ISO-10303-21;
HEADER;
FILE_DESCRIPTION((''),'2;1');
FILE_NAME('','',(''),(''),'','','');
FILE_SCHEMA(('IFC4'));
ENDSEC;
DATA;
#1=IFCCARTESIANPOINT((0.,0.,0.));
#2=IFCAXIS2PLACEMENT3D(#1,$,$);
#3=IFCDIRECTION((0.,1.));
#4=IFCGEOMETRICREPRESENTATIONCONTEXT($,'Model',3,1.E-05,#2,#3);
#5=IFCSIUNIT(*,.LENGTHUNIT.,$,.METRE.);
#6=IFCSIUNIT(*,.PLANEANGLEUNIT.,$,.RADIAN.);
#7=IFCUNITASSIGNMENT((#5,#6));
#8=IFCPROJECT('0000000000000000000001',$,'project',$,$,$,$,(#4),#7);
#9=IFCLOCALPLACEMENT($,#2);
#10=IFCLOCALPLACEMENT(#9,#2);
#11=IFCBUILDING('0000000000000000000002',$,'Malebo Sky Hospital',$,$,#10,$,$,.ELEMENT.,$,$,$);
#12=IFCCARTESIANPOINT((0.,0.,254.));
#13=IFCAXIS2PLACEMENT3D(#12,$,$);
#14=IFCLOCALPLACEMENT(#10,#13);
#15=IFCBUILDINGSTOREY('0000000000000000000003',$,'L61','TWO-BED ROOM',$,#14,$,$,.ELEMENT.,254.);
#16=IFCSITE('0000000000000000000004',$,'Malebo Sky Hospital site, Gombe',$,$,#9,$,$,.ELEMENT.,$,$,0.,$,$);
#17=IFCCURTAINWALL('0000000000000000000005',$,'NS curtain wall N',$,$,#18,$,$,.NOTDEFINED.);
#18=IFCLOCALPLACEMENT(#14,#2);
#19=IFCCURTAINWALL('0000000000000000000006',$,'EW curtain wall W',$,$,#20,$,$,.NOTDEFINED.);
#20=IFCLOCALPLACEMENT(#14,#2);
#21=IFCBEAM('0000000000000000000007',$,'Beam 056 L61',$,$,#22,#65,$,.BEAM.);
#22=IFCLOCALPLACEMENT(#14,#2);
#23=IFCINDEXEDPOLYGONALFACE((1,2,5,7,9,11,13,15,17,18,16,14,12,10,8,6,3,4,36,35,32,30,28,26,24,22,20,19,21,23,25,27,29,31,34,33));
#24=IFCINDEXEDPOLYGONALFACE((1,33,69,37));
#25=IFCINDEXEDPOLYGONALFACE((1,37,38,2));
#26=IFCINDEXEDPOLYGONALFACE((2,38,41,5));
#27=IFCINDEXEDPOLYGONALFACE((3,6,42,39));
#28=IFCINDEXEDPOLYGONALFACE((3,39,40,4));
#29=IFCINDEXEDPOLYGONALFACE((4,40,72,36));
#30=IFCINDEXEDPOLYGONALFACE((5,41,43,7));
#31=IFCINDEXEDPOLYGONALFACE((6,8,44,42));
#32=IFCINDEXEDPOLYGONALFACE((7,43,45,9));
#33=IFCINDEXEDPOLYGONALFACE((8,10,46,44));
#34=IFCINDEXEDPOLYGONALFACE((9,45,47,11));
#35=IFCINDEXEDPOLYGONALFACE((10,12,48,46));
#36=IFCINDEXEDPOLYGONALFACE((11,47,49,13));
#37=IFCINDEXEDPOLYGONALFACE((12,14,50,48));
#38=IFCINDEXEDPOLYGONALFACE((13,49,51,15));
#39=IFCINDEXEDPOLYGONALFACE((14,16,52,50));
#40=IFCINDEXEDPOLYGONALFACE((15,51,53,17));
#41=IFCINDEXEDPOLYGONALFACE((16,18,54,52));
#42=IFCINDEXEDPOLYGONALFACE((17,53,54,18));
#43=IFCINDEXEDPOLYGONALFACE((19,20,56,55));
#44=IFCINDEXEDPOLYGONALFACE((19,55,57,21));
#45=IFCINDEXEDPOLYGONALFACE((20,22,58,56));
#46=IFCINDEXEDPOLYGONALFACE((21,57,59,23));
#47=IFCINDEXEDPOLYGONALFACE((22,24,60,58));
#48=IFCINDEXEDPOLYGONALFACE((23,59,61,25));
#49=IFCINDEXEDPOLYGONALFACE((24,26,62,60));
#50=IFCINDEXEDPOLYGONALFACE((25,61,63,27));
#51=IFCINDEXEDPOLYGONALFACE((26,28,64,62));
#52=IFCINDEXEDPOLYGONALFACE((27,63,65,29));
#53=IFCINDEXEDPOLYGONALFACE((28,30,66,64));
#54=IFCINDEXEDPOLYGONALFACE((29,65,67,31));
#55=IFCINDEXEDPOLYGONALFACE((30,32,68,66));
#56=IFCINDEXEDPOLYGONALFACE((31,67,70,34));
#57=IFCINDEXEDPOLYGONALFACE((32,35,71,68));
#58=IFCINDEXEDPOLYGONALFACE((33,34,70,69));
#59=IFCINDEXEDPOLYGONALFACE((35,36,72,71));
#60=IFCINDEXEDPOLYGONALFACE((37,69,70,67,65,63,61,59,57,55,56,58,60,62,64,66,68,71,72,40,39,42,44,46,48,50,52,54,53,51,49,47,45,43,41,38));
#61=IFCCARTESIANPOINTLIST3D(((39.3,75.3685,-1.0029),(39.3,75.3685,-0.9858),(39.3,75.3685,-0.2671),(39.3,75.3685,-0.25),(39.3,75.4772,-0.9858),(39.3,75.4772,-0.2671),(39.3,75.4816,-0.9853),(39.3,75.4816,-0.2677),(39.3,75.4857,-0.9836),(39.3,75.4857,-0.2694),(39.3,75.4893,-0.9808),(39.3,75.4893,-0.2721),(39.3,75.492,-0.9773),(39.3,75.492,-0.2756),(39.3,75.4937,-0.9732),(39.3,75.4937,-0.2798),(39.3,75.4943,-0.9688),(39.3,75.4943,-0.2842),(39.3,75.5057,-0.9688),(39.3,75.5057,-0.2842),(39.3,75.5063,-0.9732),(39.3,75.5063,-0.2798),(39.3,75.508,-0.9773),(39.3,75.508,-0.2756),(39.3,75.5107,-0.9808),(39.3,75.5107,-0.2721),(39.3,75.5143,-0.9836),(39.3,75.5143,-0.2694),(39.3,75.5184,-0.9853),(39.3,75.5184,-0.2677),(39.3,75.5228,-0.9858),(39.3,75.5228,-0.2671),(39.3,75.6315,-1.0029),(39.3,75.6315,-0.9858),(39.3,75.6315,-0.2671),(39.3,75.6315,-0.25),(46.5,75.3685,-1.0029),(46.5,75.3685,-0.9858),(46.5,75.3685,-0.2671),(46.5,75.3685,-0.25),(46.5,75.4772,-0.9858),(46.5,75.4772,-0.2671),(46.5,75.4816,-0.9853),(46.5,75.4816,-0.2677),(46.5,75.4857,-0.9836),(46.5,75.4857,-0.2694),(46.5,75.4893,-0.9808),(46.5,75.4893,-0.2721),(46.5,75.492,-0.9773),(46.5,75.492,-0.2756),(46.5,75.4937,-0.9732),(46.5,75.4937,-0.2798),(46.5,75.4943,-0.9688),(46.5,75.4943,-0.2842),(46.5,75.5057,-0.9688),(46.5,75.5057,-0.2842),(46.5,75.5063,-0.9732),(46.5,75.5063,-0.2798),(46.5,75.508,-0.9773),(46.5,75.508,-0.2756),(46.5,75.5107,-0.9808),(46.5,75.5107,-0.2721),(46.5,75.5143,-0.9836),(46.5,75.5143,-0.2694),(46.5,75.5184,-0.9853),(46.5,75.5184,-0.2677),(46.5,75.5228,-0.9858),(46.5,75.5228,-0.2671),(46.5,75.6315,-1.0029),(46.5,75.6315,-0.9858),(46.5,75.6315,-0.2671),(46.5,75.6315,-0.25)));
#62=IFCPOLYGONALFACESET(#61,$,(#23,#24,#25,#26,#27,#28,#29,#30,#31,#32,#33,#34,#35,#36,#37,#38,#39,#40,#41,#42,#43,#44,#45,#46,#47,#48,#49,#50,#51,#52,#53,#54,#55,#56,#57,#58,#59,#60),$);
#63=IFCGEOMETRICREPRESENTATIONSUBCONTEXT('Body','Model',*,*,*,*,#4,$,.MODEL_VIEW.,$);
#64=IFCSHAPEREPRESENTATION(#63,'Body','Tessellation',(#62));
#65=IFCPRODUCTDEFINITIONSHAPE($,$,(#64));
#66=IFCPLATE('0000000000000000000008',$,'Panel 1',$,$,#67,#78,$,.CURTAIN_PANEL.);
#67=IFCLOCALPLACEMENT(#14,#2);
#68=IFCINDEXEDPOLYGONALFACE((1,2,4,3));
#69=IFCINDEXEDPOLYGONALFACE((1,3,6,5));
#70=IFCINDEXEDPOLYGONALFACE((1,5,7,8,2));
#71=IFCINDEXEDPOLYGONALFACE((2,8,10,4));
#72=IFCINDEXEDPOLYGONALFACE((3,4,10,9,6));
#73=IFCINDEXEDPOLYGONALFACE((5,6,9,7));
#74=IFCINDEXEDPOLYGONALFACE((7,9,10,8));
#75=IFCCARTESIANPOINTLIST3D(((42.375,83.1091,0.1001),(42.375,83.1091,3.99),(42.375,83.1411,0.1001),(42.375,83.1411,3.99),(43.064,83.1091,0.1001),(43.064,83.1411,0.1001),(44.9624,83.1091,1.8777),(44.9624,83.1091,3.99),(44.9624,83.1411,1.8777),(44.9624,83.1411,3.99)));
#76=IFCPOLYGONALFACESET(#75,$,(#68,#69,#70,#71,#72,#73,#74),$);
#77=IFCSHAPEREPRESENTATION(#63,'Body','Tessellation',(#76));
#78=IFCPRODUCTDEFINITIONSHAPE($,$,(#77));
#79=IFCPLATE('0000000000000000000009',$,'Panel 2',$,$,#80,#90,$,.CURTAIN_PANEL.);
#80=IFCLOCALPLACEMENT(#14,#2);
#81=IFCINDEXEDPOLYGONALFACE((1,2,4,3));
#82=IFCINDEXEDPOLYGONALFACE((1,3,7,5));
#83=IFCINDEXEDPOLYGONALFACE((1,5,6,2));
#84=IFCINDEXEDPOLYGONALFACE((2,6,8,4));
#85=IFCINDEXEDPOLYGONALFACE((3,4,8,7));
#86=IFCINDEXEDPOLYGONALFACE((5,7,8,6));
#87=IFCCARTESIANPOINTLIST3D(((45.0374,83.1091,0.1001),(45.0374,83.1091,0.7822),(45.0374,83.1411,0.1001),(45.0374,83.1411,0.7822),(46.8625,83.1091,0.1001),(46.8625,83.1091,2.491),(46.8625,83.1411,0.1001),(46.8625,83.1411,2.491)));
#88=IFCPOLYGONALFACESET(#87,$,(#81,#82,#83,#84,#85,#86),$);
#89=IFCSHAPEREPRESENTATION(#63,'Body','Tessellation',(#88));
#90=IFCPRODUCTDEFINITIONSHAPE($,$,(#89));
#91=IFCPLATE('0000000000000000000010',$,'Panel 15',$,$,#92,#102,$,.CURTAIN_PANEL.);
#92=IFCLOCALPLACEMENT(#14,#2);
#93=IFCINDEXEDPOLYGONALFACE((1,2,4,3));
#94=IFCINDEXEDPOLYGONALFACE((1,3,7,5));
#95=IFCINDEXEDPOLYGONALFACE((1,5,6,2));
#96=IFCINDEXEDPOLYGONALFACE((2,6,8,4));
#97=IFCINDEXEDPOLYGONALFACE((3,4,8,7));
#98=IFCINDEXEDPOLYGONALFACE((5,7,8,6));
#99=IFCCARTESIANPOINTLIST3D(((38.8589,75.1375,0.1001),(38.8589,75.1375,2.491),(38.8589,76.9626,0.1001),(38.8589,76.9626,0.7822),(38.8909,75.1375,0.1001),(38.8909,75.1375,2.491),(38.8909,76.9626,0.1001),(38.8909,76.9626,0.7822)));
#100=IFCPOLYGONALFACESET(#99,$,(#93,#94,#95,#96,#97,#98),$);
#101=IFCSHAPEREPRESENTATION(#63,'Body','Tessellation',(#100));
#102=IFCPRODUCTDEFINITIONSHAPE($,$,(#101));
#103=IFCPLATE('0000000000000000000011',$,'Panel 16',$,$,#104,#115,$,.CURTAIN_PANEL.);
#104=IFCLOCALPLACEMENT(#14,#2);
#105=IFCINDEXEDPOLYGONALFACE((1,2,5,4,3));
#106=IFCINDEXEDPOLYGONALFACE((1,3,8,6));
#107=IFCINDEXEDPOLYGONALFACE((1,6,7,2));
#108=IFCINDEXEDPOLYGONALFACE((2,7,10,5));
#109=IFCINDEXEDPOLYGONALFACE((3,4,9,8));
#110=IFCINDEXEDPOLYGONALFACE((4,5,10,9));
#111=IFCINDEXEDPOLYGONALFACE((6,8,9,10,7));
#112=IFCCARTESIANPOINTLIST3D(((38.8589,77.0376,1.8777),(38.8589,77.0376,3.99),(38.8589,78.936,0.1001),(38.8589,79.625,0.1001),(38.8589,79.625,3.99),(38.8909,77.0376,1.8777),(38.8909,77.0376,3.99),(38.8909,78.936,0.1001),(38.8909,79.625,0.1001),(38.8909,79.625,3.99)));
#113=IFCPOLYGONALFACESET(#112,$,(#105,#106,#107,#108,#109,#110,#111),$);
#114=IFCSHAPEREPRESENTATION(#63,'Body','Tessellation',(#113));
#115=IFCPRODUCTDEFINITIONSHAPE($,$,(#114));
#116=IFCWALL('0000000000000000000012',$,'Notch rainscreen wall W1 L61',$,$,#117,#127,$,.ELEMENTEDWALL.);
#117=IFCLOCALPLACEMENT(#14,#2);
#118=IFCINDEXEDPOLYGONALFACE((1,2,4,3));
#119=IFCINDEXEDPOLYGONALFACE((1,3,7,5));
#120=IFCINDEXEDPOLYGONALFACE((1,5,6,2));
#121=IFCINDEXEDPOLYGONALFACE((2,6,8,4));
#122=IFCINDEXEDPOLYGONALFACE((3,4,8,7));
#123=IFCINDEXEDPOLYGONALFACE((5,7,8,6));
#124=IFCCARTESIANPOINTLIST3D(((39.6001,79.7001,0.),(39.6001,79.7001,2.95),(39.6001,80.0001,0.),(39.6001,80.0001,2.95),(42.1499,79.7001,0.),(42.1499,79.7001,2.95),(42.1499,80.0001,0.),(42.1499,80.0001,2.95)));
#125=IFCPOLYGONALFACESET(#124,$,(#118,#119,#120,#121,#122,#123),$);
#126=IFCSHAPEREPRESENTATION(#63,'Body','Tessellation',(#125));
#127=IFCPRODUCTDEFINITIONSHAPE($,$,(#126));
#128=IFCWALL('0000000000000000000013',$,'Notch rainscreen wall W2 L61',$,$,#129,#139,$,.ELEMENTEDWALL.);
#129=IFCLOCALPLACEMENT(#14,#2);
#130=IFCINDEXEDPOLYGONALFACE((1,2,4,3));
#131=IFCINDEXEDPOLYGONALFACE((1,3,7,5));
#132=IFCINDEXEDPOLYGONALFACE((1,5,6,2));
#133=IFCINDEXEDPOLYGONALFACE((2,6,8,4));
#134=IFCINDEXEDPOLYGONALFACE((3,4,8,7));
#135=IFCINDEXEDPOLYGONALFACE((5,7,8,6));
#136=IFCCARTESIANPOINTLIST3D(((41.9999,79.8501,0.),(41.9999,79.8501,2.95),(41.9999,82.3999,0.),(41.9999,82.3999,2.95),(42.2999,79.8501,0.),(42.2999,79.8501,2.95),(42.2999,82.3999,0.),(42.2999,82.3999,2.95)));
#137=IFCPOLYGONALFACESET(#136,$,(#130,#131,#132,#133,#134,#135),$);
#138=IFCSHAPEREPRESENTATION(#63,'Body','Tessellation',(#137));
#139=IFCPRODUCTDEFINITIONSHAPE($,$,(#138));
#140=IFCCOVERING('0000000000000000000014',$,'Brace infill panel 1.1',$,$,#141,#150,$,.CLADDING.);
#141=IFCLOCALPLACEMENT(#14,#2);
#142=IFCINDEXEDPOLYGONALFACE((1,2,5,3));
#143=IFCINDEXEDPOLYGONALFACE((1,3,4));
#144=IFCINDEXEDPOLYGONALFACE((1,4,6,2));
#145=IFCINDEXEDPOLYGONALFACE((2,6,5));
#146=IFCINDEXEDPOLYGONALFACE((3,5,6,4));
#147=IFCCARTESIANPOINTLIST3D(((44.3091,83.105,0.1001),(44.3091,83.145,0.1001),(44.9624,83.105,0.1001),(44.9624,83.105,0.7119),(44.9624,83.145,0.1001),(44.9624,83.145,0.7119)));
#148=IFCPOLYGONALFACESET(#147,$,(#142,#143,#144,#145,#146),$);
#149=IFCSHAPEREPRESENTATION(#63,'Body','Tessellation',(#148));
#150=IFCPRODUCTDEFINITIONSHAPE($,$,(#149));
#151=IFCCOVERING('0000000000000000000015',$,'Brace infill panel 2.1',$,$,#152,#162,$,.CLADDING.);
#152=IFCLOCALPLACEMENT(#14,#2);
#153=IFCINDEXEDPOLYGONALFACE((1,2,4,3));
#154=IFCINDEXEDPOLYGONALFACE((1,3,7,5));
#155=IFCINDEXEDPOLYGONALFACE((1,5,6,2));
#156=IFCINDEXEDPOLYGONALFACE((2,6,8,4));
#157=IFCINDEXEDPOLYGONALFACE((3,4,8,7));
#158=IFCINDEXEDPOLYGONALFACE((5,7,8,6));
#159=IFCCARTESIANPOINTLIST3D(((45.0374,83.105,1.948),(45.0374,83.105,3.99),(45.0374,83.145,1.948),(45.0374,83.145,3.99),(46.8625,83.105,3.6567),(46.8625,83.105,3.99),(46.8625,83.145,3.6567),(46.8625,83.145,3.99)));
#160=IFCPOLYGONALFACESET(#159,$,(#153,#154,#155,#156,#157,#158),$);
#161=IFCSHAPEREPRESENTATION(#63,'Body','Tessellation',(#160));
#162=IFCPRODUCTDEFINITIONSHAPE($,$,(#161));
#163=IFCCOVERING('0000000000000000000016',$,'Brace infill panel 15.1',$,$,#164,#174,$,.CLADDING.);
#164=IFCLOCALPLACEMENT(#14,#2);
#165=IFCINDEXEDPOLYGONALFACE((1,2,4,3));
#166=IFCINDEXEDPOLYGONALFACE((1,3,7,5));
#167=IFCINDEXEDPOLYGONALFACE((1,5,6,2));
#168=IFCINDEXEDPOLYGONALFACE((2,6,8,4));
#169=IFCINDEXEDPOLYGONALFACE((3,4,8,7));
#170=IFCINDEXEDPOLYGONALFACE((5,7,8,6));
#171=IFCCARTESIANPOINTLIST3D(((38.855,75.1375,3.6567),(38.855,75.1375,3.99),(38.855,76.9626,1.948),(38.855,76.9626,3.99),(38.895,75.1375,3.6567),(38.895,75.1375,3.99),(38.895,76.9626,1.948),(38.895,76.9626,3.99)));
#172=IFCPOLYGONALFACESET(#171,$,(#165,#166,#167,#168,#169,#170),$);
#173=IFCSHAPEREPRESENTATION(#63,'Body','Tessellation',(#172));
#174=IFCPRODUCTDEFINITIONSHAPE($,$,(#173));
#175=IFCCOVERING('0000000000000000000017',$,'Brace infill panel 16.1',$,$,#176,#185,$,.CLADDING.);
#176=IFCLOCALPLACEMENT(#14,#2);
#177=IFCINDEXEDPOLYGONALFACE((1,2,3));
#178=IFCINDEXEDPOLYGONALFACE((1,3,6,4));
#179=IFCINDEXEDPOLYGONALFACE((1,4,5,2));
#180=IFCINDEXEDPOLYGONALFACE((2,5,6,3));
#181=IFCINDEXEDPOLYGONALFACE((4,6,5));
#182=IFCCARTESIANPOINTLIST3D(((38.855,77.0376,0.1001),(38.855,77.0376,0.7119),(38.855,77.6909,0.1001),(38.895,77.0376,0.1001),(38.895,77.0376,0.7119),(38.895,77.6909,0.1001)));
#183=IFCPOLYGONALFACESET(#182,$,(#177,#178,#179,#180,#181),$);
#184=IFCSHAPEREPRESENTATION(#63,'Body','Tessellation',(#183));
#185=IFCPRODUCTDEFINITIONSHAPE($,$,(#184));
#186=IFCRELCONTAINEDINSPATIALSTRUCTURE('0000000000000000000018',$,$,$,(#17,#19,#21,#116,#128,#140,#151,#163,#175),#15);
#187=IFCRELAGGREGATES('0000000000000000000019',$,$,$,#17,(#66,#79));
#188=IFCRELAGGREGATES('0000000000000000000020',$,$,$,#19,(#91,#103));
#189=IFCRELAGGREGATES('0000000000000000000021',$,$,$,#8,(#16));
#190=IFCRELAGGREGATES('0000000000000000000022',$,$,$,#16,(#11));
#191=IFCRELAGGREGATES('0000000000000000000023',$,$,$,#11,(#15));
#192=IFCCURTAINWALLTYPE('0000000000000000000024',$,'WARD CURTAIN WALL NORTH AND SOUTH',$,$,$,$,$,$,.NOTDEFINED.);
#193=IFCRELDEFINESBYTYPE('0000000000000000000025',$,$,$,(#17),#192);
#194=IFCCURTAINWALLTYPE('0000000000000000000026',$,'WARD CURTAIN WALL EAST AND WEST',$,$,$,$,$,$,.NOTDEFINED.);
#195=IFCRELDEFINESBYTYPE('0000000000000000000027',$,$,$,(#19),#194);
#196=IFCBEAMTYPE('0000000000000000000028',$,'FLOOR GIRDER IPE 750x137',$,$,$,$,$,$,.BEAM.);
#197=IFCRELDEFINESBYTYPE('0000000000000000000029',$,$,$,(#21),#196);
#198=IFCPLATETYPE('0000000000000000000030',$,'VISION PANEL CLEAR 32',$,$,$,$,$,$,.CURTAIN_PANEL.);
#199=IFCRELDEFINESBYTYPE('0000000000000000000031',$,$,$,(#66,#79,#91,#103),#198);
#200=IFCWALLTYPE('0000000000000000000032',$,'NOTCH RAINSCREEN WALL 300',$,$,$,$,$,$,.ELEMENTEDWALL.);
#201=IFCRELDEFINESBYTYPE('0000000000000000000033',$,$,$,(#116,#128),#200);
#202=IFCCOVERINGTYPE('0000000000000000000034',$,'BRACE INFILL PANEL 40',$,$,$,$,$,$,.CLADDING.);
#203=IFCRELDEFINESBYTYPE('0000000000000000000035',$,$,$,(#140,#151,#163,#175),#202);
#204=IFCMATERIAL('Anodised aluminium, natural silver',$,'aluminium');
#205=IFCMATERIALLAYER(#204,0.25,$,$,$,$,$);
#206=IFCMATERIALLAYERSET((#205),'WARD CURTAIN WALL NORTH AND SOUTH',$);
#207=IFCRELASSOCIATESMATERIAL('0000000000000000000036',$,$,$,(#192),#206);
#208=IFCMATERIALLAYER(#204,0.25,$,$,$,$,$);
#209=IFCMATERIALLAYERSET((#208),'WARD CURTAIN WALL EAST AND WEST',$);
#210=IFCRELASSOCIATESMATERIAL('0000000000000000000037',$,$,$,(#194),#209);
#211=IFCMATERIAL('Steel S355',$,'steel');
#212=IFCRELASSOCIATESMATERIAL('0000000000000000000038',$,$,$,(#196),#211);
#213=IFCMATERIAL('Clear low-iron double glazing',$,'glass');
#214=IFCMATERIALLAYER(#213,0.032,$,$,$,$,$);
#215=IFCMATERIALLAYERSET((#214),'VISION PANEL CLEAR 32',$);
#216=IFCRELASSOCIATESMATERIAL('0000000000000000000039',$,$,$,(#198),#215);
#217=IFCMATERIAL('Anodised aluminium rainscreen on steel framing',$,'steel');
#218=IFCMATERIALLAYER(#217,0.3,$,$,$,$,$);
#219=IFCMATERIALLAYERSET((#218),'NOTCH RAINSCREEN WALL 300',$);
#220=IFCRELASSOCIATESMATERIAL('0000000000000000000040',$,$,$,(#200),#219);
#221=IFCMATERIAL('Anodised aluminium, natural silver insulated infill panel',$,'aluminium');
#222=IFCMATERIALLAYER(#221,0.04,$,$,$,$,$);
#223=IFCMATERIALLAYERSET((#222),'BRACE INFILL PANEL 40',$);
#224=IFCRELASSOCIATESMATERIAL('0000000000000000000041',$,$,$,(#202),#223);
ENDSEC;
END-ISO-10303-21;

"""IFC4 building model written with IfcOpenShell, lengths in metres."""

from ifc_helpers import new_model, si_unit, direction, frame, frame_2d, origin, origin_2d, place, context, subcontext, project, spatial, polyline, rectangle, i_section, outline, extrude, material, layer, layer_set, material_profile, profile_set, type_object, element, aggregate, save


model = new_model("IFC4")

# Units and contexts
model_context = context("Model", 3, precision=1e-05, world=origin(), true_north=direction((0.0, 1.0)))
body_context = subcontext(model_context, "Body", "Model", "MODEL_VIEW")
ifc_project = project(units=[si_unit("LENGTHUNIT", "METRE"), si_unit("PLANEANGLEUNIT", "RADIAN")], contexts=[model_context])

# Site, building, storey
site_placement = place(None, origin())
site = spatial("IfcSite", under=ifc_project, at=site_placement, Name="Malebo Sky Hospital site, Gombe", CompositionType="ELEMENT", RefElevation=0.0)
building_placement = place(site_placement, origin())
building = spatial("IfcBuilding", under=site, at=building_placement, Name="Malebo Sky Hospital", CompositionType="ELEMENT")
storey_placement = place(building_placement, frame((0.0, 0.0, 254.0)))
storey = spatial("IfcBuildingStorey", under=building, at=storey_placement, Name="L61", Description="TWO-BED ROOM", CompositionType="ELEMENT", Elevation=254.0)

# Curtain wall
ifc_material_1 = material(Name="Anodised aluminium, natural silver", Category="aluminium")
ifc_layer_1 = layer(ifc_material_1, 0.25)
ifc_layer_set_1 = layer_set([ifc_layer_1], Name="WARD CURTAIN WALL NORTH AND SOUTH")
curtain_wall_type_1 = type_object("IfcCurtainWallType", Name="WARD CURTAIN WALL NORTH AND SOUTH", PredefinedType="NOTDEFINED", material=ifc_layer_set_1)
curtain_wall_1_placement = place(storey_placement, origin())
curtain_wall_1 = element("IfcCurtainWall", 1, at=curtain_wall_1_placement, inside=storey, type_object=curtain_wall_type_1, Name="NS curtain wall N", PredefinedType="NOTDEFINED")

# Curtain wall
ifc_layer_2 = layer(ifc_material_1, 0.25)
ifc_layer_set_2 = layer_set([ifc_layer_2], Name="WARD CURTAIN WALL EAST AND WEST")
curtain_wall_type_2 = type_object("IfcCurtainWallType", Name="WARD CURTAIN WALL EAST AND WEST", PredefinedType="NOTDEFINED", material=ifc_layer_set_2)
curtain_wall_2_placement = place(storey_placement, origin())
curtain_wall_2 = element("IfcCurtainWall", 2, at=curtain_wall_2_placement, inside=storey, type_object=curtain_wall_type_2, Name="EW curtain wall W", PredefinedType="NOTDEFINED")

# Shared definitions
ifc_material_2 = material(Name="Steel S355", Category="steel")

# Beam
ifc_material_profile_1 = material_profile(ifc_material_2, i_section(OverallWidth=0.2629, OverallDepth=0.7529, WebThickness=0.0115, FlangeThickness=0.0171, FilletRadius=0.0171, at=origin_2d()), Name="IPE 750x137")
ifc_profile_set_1 = profile_set([ifc_material_profile_1], Name="Steel S355")
beam_type_1 = type_object("IfcBeamType", Name="FLOOR GIRDER IPE 750x137", PredefinedType="BEAM", material=ifc_profile_set_1)
beam_placement = place(storey_placement, frame((39.3, 75.5, -0.6265), z_axis=(1.0, 0.0, 0.0), x_axis=(0.0, 1.0, 0.0)))
element("IfcBeam", 3, at=beam_placement, inside=storey, type_object=beam_type_1, Name="Beam 056 L61", PredefinedType="BEAM", context=body_context, shape_type="SweptSolid", body=[
    extrude(i_section(OverallWidth=0.2629, OverallDepth=0.7529, WebThickness=0.0115, FlangeThickness=0.0171, FilletRadius=0.0171, at=origin_2d()), origin(), (0.0, 0.0, 1.0), 7.2),
])

# Plates
ifc_material_3 = material(Name="Clear low-iron double glazing", Category="glass")
ifc_layer_3 = layer(ifc_material_3, 0.032)
ifc_layer_set_3 = layer_set([ifc_layer_3], Name="VISION PANEL CLEAR 32")
plate_type = type_object("IfcPlateType", Name="VISION PANEL CLEAR 32", PredefinedType="CURTAIN_PANEL", material=ifc_layer_set_3)
plate_1_placement = place(storey_placement, frame((43.6687, 83.125, 0.1001), z_axis=(0.0, 0.0, 1.0), x_axis=(1.0, 0.0, 0.0)))
plate_1 = element("IfcPlate", 4, at=plate_1_placement, type_object=plate_type, Name="Panel 1", PredefinedType="CURTAIN_PANEL", context=body_context, shape_type="SweptSolid", body=[
    extrude(outline(polyline([(-1.2937, 0.0), (-0.6047, 0.0), (1.2937, 1.7776), (1.2937, 3.8899), (-1.2937, 3.8899), (-1.2937, 0.0)])), frame((0.0, 0.0161, 0.0), z_axis=(0.0, -1.0, 0.0), x_axis=(1.0, 0.0, 0.0)), (0.0, 0.0, 1.0), 0.032),
])
plate_2_placement = place(storey_placement, frame((45.95, 83.125, 0.1001), z_axis=(0.0, 0.0, 1.0), x_axis=(1.0, 0.0, 0.0)))
plate_2 = element("IfcPlate", 5, at=plate_2_placement, type_object=plate_type, Name="Panel 2", PredefinedType="CURTAIN_PANEL", context=body_context, shape_type="SweptSolid", body=[
    extrude(outline(polyline([(-0.9126, 0.0), (0.9126, 0.0), (0.9126, 2.3909), (-0.9126, 0.6821), (-0.9126, 0.0)])), frame((0.0, 0.0161, 0.0), z_axis=(0.0, -1.0, 0.0), x_axis=(1.0, 0.0, 0.0)), (0.0, 0.0, 1.0), 0.032),
])
aggregate(curtain_wall_1, [plate_1, plate_2])
plate_3_placement = place(storey_placement, frame((38.875, 76.05, 0.1001), z_axis=(0.0, 0.0, 1.0), x_axis=(0.0, 1.0, 0.0)))
plate_3 = element("IfcPlate", 6, at=plate_3_placement, type_object=plate_type, Name="Panel 15", PredefinedType="CURTAIN_PANEL", context=body_context, shape_type="SweptSolid", body=[
    extrude(outline(polyline([(-0.9126, 0.0), (0.9126, 0.0), (0.9126, 0.6821), (-0.9126, 2.3909), (-0.9126, 0.0)])), frame((0.0, 0.0161, 0.0), z_axis=(0.0, -1.0, 0.0), x_axis=(1.0, 0.0, 0.0)), (0.0, 0.0, 1.0), 0.032),
])
plate_4_placement = place(storey_placement, frame((38.875, 78.3313, 0.1001), z_axis=(0.0, 0.0, 1.0), x_axis=(0.0, 1.0, 0.0)))
plate_4 = element("IfcPlate", 7, at=plate_4_placement, type_object=plate_type, Name="Panel 16", PredefinedType="CURTAIN_PANEL", context=body_context, shape_type="SweptSolid", body=[
    extrude(outline(polyline([(0.6047, 0.0), (1.2937, 0.0), (1.2937, 3.8899), (-1.2937, 3.8899), (-1.2937, 1.7776), (0.6047, 0.0)])), frame((0.0, 0.0161, 0.0), z_axis=(0.0, -1.0, 0.0), x_axis=(1.0, 0.0, 0.0)), (0.0, 0.0, 1.0), 0.032),
])
aggregate(curtain_wall_2, [plate_3, plate_4])

# Walls
ifc_material_4 = material(Name="Anodised aluminium rainscreen on steel framing", Category="steel")
ifc_layer_4 = layer(ifc_material_4, 0.3)
ifc_layer_set_4 = layer_set([ifc_layer_4], Name="NOTCH RAINSCREEN WALL 300")
wall_type = type_object("IfcWallType", Name="NOTCH RAINSCREEN WALL 300", PredefinedType="ELEMENTEDWALL", material=ifc_layer_set_4)
for number, where, z_axis, x_axis, name in (
    (8, (39.6001, 79.8501, 0.0), (0.0, 0.0, 1.0), (1.0, 0.0, 0.0), "Notch rainscreen wall W1 L61"),
    (9, (42.1499, 79.8501, 0.0), (0.0, 0.0, 1.0), (0.0, 1.0, 0.0), "Notch rainscreen wall W2 L61"),
):
    element("IfcWall", number, at=place(storey_placement, frame(where, z_axis=z_axis, x_axis=x_axis)), inside=storey, type_object=wall_type, Name=name, PredefinedType="ELEMENTEDWALL", context=body_context, shape_type="SweptSolid", body=[
        extrude(rectangle(XDim=2.5498, YDim=0.3, at=frame_2d((1.2749, 0.0))), origin(), (0.0, 0.0, 1.0), 2.95),
    ])

# Coverings
ifc_material_5 = material(Name="Anodised aluminium, natural silver insulated infill panel", Category="aluminium")
ifc_layer_5 = layer(ifc_material_5, 0.04)
ifc_layer_set_5 = layer_set([ifc_layer_5], Name="BRACE INFILL PANEL 40")
covering_type = type_object("IfcCoveringType", Name="BRACE INFILL PANEL 40", PredefinedType="CLADDING", material=ifc_layer_set_5)
covering_1_placement = place(storey_placement, frame((44.6357, 83.125, 0.1001), z_axis=(0.0, 0.0, 1.0), x_axis=(1.0, 0.0, 0.0)))
element("IfcCovering", 10, at=covering_1_placement, inside=storey, type_object=covering_type, Name="Brace infill panel 1.1", PredefinedType="CLADDING", context=body_context, shape_type="SweptSolid", body=[
    extrude(outline(polyline([(-0.3267, 0.0), (0.3267, 0.0), (0.3267, 0.6118), (-0.3267, 0.0)])), frame((0.0, 0.02, 0.0), z_axis=(0.0, -1.0, 0.0), x_axis=(1.0, 0.0, 0.0)), (0.0, 0.0, 1.0), 0.04),
])
covering_2_placement = place(storey_placement, frame((45.95, 83.125, 1.948), z_axis=(0.0, 0.0, 1.0), x_axis=(1.0, 0.0, 0.0)))
element("IfcCovering", 11, at=covering_2_placement, inside=storey, type_object=covering_type, Name="Brace infill panel 2.1", PredefinedType="CLADDING", context=body_context, shape_type="SweptSolid", body=[
    extrude(outline(polyline([(-0.9126, 0.0), (0.9126, 1.7087), (0.9126, 2.042), (-0.9126, 2.042), (-0.9126, 0.0)])), frame((0.0, 0.02, 0.0), z_axis=(0.0, -1.0, 0.0), x_axis=(1.0, 0.0, 0.0)), (0.0, 0.0, 1.0), 0.04),
])
covering_3_placement = place(storey_placement, frame((38.875, 76.05, 1.948), z_axis=(0.0, 0.0, 1.0), x_axis=(0.0, 1.0, 0.0)))
element("IfcCovering", 12, at=covering_3_placement, inside=storey, type_object=covering_type, Name="Brace infill panel 15.1", PredefinedType="CLADDING", context=body_context, shape_type="SweptSolid", body=[
    extrude(outline(polyline([(0.9126, 0.0), (0.9126, 2.042), (-0.9126, 2.042), (-0.9126, 1.7087), (0.9126, 0.0)])), frame((0.0, 0.02, 0.0), z_axis=(0.0, -1.0, 0.0), x_axis=(1.0, 0.0, 0.0)), (0.0, 0.0, 1.0), 0.04),
])
covering_4_placement = place(storey_placement, frame((38.875, 77.3643, 0.1001), z_axis=(0.0, 0.0, 1.0), x_axis=(0.0, 1.0, 0.0)))
element("IfcCovering", 13, at=covering_4_placement, inside=storey, type_object=covering_type, Name="Brace infill panel 16.1", PredefinedType="CLADDING", context=body_context, shape_type="SweptSolid", body=[
    extrude(outline(polyline([(-0.3267, 0.0), (0.3267, 0.0), (-0.3267, 0.6118), (-0.3267, 0.0)])), frame((0.0, 0.02, 0.0), z_axis=(0.0, -1.0, 0.0), x_axis=(1.0, 0.0, 0.0)), (0.0, 0.0, 1.0), 0.04),
])

save(model, "model.ifc")
